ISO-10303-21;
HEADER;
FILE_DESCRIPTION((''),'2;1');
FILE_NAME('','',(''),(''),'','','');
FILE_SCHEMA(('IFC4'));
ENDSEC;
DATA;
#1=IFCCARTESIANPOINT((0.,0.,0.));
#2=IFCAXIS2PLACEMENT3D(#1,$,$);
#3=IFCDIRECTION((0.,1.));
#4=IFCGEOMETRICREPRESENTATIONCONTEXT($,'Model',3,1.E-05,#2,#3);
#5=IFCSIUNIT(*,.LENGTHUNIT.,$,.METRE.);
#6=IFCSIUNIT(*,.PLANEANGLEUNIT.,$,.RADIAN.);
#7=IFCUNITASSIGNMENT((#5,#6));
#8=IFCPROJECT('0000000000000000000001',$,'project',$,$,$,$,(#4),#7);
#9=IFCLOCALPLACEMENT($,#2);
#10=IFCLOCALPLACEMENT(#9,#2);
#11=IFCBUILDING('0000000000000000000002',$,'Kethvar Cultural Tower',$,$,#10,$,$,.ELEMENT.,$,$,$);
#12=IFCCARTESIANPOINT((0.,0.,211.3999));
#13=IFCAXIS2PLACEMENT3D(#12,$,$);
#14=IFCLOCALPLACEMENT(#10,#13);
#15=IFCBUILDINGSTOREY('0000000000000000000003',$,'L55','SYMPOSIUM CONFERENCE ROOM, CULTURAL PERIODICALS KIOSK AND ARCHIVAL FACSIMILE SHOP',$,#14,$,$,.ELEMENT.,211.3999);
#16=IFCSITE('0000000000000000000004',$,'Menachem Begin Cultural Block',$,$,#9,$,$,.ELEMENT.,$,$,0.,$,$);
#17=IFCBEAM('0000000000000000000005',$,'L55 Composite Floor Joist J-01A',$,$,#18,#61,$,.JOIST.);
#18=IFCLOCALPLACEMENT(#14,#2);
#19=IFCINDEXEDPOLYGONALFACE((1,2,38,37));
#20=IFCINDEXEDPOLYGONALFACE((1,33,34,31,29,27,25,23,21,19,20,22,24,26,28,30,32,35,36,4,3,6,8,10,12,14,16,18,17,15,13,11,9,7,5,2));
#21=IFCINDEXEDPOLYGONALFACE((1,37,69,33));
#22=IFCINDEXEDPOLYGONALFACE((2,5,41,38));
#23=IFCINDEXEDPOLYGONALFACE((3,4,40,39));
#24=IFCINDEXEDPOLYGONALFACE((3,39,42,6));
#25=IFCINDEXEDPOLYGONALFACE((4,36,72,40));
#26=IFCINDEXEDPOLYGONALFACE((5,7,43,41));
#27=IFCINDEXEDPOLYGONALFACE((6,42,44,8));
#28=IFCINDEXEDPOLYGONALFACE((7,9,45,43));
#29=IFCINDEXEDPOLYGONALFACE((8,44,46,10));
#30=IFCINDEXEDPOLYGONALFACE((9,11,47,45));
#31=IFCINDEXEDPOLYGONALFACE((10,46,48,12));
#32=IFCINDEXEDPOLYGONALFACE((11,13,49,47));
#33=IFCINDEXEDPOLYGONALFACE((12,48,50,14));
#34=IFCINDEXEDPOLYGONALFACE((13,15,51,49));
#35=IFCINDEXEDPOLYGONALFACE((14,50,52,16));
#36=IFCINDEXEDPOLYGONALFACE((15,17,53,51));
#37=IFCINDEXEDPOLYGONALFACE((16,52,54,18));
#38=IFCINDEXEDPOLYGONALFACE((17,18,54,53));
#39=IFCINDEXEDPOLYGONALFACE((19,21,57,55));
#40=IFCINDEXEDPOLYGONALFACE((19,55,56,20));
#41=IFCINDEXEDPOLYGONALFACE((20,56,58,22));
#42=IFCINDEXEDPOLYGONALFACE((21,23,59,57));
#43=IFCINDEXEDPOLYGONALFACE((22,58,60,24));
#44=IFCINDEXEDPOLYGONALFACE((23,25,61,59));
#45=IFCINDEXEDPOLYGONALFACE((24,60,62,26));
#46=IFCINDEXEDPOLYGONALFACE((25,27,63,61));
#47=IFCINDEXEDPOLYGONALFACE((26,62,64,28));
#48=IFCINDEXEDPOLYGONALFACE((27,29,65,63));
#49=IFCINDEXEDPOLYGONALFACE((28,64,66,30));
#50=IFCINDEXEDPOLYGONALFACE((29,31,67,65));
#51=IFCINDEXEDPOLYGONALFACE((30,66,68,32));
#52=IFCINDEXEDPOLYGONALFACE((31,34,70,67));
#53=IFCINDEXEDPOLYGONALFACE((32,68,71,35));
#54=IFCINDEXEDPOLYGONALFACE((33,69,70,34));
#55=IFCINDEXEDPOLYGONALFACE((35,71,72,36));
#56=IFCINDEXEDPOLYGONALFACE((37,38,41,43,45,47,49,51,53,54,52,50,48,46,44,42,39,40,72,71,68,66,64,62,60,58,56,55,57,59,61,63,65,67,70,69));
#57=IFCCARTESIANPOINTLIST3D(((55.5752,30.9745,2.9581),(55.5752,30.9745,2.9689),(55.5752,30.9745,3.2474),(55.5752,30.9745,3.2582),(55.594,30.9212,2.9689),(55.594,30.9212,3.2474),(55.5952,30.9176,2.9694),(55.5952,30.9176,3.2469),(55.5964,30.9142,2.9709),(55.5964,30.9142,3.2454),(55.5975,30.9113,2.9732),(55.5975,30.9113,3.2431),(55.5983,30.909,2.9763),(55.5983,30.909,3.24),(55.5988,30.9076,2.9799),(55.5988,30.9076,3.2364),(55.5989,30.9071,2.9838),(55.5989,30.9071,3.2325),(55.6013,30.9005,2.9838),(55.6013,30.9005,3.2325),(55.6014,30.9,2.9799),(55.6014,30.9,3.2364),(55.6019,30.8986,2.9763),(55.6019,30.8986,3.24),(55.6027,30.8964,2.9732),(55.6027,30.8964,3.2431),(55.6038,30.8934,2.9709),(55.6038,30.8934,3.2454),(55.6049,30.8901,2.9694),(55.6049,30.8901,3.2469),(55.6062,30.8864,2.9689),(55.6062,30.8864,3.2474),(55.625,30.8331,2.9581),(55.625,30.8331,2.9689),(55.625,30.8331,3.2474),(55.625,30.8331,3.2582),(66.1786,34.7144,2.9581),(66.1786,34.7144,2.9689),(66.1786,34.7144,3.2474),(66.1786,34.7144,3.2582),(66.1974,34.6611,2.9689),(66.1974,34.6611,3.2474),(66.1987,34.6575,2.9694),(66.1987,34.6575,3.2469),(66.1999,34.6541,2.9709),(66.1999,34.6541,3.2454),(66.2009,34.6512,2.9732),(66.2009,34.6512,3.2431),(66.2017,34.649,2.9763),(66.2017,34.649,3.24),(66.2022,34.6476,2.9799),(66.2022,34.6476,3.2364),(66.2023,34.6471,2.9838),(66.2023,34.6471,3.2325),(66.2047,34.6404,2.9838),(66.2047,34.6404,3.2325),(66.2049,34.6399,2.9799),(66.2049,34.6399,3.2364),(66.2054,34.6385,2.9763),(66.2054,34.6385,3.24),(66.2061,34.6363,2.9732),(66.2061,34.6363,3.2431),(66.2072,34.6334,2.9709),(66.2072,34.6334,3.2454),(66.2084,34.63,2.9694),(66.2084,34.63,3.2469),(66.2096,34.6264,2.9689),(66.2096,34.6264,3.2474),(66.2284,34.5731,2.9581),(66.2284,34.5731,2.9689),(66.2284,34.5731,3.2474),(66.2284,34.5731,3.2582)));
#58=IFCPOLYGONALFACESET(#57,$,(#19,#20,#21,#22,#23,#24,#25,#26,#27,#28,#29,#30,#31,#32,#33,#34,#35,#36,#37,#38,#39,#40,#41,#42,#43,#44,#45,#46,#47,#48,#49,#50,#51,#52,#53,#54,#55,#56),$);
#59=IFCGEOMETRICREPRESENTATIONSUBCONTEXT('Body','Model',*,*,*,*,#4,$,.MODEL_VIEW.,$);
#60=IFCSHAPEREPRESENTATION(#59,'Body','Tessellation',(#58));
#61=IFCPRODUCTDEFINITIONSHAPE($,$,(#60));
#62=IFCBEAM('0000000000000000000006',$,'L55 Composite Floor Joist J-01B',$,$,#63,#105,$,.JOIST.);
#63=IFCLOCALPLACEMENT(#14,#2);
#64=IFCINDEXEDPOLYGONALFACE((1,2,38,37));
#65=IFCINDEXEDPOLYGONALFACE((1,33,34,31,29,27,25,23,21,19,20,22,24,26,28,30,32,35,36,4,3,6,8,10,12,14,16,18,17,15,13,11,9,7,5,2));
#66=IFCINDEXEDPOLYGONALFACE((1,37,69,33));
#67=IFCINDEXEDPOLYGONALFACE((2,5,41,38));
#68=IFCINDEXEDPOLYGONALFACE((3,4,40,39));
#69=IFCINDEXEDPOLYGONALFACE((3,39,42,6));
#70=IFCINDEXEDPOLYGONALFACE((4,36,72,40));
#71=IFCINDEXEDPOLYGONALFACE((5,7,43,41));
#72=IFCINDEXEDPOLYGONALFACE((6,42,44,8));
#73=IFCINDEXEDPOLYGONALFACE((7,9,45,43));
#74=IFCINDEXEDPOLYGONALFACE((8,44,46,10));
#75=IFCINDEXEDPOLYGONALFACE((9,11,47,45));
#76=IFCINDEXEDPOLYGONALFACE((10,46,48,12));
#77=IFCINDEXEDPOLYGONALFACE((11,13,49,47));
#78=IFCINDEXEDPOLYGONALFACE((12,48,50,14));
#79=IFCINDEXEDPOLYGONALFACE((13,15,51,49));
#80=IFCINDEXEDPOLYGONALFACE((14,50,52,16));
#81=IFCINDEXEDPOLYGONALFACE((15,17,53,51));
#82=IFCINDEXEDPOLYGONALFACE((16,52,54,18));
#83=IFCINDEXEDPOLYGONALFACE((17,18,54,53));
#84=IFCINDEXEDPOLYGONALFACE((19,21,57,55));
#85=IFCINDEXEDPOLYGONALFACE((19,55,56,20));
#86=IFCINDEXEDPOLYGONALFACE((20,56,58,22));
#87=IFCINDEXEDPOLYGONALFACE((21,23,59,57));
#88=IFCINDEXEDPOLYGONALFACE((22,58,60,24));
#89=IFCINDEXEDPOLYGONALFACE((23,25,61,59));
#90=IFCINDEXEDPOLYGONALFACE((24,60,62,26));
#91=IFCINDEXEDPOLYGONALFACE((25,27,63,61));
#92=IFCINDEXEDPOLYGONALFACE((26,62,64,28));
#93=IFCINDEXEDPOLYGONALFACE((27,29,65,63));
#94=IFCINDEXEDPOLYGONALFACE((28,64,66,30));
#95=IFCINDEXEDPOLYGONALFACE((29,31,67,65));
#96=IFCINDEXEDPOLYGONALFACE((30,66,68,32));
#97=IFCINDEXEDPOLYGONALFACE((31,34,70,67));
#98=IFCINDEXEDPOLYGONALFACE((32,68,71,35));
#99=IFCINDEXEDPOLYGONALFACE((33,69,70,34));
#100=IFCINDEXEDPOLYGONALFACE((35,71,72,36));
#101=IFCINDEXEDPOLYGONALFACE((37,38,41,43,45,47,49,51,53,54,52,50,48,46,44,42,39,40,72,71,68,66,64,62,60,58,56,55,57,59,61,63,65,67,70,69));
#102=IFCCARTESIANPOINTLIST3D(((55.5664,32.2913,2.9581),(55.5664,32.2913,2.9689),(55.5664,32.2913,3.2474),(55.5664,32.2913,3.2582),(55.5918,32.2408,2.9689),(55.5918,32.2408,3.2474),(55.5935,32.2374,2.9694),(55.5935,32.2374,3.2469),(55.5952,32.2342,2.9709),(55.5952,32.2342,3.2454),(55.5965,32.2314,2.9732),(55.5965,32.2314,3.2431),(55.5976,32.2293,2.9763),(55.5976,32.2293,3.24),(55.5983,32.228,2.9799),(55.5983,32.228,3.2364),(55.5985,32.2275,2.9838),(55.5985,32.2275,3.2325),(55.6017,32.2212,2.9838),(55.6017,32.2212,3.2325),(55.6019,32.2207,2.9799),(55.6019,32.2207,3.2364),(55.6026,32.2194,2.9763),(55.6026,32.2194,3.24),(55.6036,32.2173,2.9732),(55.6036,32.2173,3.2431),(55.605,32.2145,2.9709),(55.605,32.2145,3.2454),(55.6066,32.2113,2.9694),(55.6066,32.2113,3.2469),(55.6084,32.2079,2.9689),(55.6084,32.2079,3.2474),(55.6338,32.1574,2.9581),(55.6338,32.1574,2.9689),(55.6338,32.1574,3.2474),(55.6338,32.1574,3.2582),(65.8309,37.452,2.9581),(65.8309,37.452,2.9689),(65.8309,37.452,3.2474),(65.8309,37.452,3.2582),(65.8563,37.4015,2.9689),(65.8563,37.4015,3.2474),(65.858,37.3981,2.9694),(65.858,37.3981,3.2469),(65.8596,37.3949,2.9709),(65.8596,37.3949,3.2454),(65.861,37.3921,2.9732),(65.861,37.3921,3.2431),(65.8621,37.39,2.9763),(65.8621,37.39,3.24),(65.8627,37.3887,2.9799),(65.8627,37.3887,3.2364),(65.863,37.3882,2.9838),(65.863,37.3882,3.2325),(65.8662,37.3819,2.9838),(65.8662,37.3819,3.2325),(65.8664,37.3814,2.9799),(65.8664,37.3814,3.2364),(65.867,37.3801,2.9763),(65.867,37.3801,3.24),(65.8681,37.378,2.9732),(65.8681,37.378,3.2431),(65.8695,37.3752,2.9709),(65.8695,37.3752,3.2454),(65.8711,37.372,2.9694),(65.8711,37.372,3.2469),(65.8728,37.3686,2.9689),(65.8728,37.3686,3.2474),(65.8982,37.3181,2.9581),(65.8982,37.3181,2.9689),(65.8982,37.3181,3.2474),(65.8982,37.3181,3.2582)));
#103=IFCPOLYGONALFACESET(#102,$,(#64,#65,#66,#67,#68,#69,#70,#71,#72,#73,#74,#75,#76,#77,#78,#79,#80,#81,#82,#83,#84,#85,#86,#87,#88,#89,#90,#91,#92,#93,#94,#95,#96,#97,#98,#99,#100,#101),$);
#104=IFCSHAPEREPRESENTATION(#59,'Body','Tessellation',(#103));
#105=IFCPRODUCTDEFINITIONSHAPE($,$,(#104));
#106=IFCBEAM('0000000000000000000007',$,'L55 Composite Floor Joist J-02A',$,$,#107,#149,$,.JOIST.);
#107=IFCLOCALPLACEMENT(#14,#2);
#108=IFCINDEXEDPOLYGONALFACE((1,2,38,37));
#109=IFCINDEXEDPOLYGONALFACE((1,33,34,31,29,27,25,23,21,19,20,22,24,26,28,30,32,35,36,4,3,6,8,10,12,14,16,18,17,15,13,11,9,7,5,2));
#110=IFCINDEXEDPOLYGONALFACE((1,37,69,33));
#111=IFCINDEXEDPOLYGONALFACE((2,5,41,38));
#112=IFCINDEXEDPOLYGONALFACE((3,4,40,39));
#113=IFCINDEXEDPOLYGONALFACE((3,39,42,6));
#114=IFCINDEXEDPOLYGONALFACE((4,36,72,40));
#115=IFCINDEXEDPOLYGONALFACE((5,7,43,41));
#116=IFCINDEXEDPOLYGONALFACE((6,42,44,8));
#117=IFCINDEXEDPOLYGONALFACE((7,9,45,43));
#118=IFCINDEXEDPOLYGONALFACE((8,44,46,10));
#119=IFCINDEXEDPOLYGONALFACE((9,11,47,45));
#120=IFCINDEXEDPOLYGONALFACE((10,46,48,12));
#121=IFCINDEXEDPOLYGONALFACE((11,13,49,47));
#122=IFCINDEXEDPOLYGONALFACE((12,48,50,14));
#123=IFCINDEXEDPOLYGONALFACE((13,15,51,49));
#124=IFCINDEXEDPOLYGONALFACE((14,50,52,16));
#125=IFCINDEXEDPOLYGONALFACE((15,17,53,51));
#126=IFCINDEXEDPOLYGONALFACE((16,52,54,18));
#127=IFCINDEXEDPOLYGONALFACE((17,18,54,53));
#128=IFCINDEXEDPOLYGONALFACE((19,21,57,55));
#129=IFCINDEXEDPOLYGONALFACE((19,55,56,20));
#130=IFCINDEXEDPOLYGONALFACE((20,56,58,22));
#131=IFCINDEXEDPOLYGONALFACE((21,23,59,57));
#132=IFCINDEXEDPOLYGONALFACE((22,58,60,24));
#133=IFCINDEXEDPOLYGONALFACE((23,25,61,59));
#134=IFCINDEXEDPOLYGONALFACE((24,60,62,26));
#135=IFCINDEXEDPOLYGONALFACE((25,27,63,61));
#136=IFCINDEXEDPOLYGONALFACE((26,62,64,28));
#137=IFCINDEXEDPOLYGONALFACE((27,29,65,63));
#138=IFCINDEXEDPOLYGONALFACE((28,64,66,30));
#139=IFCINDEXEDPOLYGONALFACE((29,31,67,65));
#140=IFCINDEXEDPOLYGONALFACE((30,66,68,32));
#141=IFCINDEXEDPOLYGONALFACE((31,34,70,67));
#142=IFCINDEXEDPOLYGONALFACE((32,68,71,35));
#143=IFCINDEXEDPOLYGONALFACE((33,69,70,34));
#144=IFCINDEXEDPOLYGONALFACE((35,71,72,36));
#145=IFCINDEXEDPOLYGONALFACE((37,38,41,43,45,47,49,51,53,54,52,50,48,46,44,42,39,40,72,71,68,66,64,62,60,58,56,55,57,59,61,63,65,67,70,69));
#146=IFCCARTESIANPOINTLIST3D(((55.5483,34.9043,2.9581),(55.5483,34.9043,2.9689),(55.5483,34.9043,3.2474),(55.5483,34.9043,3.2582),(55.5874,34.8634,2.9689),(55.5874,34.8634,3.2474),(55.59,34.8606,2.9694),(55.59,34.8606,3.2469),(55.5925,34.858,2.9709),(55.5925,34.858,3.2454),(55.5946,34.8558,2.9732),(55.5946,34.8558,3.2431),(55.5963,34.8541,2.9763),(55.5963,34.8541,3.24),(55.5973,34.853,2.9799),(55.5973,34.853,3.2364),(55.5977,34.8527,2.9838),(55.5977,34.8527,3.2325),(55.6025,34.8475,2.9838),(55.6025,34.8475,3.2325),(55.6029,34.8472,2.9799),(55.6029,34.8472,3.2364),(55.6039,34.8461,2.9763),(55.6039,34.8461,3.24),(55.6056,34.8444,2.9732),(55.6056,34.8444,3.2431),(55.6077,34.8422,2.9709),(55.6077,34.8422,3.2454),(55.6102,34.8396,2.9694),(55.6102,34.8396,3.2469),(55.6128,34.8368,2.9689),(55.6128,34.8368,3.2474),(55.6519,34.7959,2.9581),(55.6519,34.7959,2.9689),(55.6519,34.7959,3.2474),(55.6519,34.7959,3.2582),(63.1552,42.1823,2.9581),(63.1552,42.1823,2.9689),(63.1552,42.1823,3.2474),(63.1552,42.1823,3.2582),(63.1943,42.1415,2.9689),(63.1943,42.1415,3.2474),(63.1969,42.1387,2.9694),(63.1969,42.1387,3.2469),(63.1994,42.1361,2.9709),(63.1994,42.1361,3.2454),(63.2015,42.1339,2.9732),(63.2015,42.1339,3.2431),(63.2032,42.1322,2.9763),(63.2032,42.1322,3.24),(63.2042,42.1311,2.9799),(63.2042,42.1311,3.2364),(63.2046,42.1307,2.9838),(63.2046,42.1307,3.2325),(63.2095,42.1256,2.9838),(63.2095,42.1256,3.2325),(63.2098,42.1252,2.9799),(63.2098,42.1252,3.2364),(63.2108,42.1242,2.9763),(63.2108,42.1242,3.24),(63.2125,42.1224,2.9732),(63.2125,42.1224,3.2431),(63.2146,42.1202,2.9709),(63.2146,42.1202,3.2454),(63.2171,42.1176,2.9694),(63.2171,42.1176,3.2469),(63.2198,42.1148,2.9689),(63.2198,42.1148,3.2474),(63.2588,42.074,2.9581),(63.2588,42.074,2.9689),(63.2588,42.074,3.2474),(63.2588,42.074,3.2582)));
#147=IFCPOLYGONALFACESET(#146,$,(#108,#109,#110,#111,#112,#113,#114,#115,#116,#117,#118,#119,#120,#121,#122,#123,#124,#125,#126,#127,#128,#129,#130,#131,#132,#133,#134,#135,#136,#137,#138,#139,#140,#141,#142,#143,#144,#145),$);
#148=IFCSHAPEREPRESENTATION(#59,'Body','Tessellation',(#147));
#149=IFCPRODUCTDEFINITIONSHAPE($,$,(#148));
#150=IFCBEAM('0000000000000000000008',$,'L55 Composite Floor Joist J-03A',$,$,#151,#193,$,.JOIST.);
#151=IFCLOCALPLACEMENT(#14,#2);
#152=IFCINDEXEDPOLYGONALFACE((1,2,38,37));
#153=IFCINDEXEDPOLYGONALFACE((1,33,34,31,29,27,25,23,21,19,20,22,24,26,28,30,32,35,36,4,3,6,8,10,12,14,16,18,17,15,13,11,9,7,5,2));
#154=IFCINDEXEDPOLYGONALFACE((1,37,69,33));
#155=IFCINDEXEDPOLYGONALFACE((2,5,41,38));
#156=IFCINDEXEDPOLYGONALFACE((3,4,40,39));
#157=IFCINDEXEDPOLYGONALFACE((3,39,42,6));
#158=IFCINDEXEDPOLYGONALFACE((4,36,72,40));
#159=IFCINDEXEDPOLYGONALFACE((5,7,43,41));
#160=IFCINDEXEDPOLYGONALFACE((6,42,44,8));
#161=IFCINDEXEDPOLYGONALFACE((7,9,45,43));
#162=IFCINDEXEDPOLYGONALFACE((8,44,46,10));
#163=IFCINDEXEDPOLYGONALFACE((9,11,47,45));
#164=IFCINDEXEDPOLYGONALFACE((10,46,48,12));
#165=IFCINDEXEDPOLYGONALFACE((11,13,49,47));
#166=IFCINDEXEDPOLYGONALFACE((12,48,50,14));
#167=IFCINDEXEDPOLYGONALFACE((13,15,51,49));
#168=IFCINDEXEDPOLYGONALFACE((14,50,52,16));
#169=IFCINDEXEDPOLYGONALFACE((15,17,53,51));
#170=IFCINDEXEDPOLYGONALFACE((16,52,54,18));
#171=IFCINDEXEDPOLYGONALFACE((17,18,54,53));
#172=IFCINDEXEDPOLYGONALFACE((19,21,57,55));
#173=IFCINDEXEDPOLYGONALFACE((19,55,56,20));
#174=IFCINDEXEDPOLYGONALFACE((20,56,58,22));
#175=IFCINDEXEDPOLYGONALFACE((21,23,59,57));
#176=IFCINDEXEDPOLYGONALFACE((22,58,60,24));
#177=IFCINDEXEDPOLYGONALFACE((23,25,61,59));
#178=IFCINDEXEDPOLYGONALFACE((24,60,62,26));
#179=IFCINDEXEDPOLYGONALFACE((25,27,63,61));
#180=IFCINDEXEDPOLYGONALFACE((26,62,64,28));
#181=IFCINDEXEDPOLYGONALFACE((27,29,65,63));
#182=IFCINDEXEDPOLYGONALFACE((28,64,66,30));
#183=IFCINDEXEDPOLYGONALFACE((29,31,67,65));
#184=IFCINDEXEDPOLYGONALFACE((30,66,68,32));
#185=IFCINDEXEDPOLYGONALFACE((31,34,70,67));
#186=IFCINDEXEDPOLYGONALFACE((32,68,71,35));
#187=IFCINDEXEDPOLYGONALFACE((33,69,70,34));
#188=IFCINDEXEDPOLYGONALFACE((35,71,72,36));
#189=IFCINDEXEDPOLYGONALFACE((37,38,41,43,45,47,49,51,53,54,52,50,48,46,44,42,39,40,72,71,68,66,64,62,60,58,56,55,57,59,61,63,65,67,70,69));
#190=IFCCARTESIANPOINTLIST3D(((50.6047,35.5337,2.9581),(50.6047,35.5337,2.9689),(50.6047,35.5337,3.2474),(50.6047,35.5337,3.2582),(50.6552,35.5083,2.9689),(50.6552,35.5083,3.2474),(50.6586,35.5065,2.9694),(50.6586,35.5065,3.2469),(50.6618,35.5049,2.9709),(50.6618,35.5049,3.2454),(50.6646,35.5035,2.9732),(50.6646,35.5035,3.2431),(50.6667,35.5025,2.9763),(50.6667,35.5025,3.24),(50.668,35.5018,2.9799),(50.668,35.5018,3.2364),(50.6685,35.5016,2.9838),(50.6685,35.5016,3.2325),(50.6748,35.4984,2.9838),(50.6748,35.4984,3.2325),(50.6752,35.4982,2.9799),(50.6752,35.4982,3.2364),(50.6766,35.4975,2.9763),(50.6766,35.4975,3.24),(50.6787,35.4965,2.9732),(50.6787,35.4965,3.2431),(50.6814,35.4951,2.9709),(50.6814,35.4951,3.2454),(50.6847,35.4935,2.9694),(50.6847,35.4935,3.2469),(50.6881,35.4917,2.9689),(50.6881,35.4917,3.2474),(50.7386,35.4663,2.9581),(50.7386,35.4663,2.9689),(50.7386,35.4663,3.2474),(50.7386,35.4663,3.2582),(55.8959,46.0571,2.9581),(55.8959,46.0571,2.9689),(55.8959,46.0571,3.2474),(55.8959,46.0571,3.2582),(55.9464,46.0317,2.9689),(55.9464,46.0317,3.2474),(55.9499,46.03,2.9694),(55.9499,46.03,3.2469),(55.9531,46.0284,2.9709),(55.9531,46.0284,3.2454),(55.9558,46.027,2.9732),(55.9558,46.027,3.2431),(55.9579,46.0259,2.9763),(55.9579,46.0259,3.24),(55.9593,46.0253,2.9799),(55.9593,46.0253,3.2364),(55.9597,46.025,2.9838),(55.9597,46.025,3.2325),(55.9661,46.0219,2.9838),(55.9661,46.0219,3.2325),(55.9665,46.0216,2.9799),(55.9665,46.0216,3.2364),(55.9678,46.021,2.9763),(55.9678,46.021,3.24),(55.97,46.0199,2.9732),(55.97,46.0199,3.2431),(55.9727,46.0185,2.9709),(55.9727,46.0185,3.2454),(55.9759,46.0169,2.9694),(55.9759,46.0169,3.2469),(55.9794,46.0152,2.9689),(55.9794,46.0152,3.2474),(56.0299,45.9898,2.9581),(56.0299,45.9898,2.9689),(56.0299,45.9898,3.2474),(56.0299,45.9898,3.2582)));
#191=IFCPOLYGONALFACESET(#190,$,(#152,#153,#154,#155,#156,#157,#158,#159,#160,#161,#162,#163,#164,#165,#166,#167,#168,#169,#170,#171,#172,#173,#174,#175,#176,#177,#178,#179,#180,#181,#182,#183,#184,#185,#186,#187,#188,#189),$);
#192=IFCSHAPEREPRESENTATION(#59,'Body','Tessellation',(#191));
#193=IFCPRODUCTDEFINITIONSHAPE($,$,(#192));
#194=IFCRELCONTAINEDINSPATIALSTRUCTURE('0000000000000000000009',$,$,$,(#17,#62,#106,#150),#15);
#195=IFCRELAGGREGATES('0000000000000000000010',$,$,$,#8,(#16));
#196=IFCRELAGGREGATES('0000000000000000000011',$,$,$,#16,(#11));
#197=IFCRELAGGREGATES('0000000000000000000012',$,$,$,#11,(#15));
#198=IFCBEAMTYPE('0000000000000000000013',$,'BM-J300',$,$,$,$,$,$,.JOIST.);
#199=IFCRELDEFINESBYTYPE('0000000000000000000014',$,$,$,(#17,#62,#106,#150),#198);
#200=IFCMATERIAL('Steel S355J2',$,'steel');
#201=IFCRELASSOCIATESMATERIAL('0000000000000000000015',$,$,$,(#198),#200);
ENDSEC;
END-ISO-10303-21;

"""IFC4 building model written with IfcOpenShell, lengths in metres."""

from ifc_helpers import new_model, si_unit, direction, frame, origin, origin_2d, place, context, subcontext, project, spatial, i_section, extrude, source, transform, mapped, material, material_profile, profile_set, type_object, element, save


model = new_model("IFC4")

# Units and contexts
model_context = context("Model", 3, precision=1e-05, world=origin(), true_north=direction((0.0, 1.0)))
body_context = subcontext(model_context, "Body", "Model", "MODEL_VIEW")
ifc_project = project(units=[si_unit("LENGTHUNIT", "METRE"), si_unit("PLANEANGLEUNIT", "RADIAN")], contexts=[model_context])

# Site, building, storey
site_placement = place(None, origin())
site = spatial("IfcSite", under=ifc_project, at=site_placement, Name="Menachem Begin Cultural Block", CompositionType="ELEMENT", RefElevation=0.0)
building_placement = place(site_placement, origin())
building = spatial("IfcBuilding", under=site, at=building_placement, Name="Kethvar Cultural Tower", CompositionType="ELEMENT")
storey_placement = place(building_placement, frame((0.0, 0.0, 211.3999)))
storey = spatial("IfcBuildingStorey", under=building, at=storey_placement, Name="L55", Description="SYMPOSIUM CONFERENCE ROOM, CULTURAL PERIODICALS KIOSK AND ARCHIVAL FACSIMILE SHOP", CompositionType="ELEMENT", Elevation=211.3999)

# Beams
ifc_material_1 = material(Name="Steel S355J2", Category="steel")
ifc_material_profile_1 = material_profile(ifc_material_1, i_section(OverallWidth=0.1499, OverallDepth=0.3, WebThickness=0.0071, FlangeThickness=0.0107, FilletRadius=0.0149, at=origin_2d()), Name="Steel S355J2 — IPE300")
ifc_profile_set_1 = profile_set([ifc_material_profile_1], Name="Steel S355J2 — IPE300")
beam_type_1 = type_object("IfcBeamType", Name="BM-J300", PredefinedType="JOIST", material=ifc_profile_set_1)
shared_shape_1 = source(origin(), body_context, "Body", "SweptSolid", [
    extrude(i_section(OverallWidth=0.1499, OverallDepth=0.3, WebThickness=0.0071, FlangeThickness=0.0107, FilletRadius=0.0149, at=origin_2d()), origin(), (0.0, 0.0, 1.0), 11.2437),
])
beam_1_placement = place(storey_placement, frame((55.6001, 30.9038, 3.1082), z_axis=(0.943058, 0.332628, 0.0), x_axis=(-0.332628, 0.943058, 0.0)))
element("IfcBeam", 1, at=beam_1_placement, inside=storey, type_object=beam_type_1, Name="L55 Composite Floor Joist J-01A", PredefinedType="JOIST", context=body_context, shape_type="MappedRepresentation", body=[
    mapped(shared_shape_1, transform((0.0, 0.0, 0.0), scale=1.0)),
])
shared_shape_2 = source(origin(), body_context, "Body", "SweptSolid", [
    extrude(i_section(OverallWidth=0.1499, OverallDepth=0.3, WebThickness=0.0071, FlangeThickness=0.0107, FilletRadius=0.0149, at=origin_2d()), origin(), (0.0, 0.0, 1.0), 11.4888),
])
beam_2_placement = place(storey_placement, frame((55.6001, 32.2244, 3.1082), z_axis=(0.893435, 0.449193, 0.0), x_axis=(-0.449193, 0.893435, 0.0)))
element("IfcBeam", 2, at=beam_2_placement, inside=storey, type_object=beam_type_1, Name="L55 Composite Floor Joist J-01B", PredefinedType="JOIST", context=body_context, shape_type="MappedRepresentation", body=[
    mapped(shared_shape_2, transform((0.0, 0.0, 0.0), scale=1.0)),
])
shared_shape_3 = source(origin(), body_context, "Body", "SweptSolid", [
    extrude(i_section(OverallWidth=0.1499, OverallDepth=0.3, WebThickness=0.0071, FlangeThickness=0.0107, FilletRadius=0.0149, at=origin_2d()), origin(), (0.0, 0.0, 1.0), 10.5278),
])
beam_3_placement = place(storey_placement, frame((55.6001, 34.8501, 3.1082), z_axis=(0.722553, 0.691316, 0.0), x_axis=(-0.691316, 0.722553, 0.0)))
element("IfcBeam", 3, at=beam_3_placement, inside=storey, type_object=beam_type_1, Name="L55 Composite Floor Joist J-02A", PredefinedType="JOIST", context=body_context, shape_type="MappedRepresentation", body=[
    mapped(shared_shape_3, transform((0.0, 0.0, 0.0), scale=1.0)),
])
shared_shape_4 = source(origin(), body_context, "Body", "SweptSolid", [
    extrude(i_section(OverallWidth=0.1499, OverallDepth=0.3, WebThickness=0.0071, FlangeThickness=0.0107, FilletRadius=0.0149, at=origin_2d()), origin(), (0.0, 0.0, 1.0), 11.7788),
])
beam_4_placement = place(storey_placement, frame((50.6716, 35.5, 3.1082), z_axis=(0.449219, 0.893422, 0.0), x_axis=(-0.893422, 0.449219, 0.0)))
element("IfcBeam", 4, at=beam_4_placement, inside=storey, type_object=beam_type_1, Name="L55 Composite Floor Joist J-03A", PredefinedType="JOIST", context=body_context, shape_type="MappedRepresentation", body=[
    mapped(shared_shape_4, transform((0.0, 0.0, 0.0), scale=1.0)),
])

save(model, "model.ifc")
